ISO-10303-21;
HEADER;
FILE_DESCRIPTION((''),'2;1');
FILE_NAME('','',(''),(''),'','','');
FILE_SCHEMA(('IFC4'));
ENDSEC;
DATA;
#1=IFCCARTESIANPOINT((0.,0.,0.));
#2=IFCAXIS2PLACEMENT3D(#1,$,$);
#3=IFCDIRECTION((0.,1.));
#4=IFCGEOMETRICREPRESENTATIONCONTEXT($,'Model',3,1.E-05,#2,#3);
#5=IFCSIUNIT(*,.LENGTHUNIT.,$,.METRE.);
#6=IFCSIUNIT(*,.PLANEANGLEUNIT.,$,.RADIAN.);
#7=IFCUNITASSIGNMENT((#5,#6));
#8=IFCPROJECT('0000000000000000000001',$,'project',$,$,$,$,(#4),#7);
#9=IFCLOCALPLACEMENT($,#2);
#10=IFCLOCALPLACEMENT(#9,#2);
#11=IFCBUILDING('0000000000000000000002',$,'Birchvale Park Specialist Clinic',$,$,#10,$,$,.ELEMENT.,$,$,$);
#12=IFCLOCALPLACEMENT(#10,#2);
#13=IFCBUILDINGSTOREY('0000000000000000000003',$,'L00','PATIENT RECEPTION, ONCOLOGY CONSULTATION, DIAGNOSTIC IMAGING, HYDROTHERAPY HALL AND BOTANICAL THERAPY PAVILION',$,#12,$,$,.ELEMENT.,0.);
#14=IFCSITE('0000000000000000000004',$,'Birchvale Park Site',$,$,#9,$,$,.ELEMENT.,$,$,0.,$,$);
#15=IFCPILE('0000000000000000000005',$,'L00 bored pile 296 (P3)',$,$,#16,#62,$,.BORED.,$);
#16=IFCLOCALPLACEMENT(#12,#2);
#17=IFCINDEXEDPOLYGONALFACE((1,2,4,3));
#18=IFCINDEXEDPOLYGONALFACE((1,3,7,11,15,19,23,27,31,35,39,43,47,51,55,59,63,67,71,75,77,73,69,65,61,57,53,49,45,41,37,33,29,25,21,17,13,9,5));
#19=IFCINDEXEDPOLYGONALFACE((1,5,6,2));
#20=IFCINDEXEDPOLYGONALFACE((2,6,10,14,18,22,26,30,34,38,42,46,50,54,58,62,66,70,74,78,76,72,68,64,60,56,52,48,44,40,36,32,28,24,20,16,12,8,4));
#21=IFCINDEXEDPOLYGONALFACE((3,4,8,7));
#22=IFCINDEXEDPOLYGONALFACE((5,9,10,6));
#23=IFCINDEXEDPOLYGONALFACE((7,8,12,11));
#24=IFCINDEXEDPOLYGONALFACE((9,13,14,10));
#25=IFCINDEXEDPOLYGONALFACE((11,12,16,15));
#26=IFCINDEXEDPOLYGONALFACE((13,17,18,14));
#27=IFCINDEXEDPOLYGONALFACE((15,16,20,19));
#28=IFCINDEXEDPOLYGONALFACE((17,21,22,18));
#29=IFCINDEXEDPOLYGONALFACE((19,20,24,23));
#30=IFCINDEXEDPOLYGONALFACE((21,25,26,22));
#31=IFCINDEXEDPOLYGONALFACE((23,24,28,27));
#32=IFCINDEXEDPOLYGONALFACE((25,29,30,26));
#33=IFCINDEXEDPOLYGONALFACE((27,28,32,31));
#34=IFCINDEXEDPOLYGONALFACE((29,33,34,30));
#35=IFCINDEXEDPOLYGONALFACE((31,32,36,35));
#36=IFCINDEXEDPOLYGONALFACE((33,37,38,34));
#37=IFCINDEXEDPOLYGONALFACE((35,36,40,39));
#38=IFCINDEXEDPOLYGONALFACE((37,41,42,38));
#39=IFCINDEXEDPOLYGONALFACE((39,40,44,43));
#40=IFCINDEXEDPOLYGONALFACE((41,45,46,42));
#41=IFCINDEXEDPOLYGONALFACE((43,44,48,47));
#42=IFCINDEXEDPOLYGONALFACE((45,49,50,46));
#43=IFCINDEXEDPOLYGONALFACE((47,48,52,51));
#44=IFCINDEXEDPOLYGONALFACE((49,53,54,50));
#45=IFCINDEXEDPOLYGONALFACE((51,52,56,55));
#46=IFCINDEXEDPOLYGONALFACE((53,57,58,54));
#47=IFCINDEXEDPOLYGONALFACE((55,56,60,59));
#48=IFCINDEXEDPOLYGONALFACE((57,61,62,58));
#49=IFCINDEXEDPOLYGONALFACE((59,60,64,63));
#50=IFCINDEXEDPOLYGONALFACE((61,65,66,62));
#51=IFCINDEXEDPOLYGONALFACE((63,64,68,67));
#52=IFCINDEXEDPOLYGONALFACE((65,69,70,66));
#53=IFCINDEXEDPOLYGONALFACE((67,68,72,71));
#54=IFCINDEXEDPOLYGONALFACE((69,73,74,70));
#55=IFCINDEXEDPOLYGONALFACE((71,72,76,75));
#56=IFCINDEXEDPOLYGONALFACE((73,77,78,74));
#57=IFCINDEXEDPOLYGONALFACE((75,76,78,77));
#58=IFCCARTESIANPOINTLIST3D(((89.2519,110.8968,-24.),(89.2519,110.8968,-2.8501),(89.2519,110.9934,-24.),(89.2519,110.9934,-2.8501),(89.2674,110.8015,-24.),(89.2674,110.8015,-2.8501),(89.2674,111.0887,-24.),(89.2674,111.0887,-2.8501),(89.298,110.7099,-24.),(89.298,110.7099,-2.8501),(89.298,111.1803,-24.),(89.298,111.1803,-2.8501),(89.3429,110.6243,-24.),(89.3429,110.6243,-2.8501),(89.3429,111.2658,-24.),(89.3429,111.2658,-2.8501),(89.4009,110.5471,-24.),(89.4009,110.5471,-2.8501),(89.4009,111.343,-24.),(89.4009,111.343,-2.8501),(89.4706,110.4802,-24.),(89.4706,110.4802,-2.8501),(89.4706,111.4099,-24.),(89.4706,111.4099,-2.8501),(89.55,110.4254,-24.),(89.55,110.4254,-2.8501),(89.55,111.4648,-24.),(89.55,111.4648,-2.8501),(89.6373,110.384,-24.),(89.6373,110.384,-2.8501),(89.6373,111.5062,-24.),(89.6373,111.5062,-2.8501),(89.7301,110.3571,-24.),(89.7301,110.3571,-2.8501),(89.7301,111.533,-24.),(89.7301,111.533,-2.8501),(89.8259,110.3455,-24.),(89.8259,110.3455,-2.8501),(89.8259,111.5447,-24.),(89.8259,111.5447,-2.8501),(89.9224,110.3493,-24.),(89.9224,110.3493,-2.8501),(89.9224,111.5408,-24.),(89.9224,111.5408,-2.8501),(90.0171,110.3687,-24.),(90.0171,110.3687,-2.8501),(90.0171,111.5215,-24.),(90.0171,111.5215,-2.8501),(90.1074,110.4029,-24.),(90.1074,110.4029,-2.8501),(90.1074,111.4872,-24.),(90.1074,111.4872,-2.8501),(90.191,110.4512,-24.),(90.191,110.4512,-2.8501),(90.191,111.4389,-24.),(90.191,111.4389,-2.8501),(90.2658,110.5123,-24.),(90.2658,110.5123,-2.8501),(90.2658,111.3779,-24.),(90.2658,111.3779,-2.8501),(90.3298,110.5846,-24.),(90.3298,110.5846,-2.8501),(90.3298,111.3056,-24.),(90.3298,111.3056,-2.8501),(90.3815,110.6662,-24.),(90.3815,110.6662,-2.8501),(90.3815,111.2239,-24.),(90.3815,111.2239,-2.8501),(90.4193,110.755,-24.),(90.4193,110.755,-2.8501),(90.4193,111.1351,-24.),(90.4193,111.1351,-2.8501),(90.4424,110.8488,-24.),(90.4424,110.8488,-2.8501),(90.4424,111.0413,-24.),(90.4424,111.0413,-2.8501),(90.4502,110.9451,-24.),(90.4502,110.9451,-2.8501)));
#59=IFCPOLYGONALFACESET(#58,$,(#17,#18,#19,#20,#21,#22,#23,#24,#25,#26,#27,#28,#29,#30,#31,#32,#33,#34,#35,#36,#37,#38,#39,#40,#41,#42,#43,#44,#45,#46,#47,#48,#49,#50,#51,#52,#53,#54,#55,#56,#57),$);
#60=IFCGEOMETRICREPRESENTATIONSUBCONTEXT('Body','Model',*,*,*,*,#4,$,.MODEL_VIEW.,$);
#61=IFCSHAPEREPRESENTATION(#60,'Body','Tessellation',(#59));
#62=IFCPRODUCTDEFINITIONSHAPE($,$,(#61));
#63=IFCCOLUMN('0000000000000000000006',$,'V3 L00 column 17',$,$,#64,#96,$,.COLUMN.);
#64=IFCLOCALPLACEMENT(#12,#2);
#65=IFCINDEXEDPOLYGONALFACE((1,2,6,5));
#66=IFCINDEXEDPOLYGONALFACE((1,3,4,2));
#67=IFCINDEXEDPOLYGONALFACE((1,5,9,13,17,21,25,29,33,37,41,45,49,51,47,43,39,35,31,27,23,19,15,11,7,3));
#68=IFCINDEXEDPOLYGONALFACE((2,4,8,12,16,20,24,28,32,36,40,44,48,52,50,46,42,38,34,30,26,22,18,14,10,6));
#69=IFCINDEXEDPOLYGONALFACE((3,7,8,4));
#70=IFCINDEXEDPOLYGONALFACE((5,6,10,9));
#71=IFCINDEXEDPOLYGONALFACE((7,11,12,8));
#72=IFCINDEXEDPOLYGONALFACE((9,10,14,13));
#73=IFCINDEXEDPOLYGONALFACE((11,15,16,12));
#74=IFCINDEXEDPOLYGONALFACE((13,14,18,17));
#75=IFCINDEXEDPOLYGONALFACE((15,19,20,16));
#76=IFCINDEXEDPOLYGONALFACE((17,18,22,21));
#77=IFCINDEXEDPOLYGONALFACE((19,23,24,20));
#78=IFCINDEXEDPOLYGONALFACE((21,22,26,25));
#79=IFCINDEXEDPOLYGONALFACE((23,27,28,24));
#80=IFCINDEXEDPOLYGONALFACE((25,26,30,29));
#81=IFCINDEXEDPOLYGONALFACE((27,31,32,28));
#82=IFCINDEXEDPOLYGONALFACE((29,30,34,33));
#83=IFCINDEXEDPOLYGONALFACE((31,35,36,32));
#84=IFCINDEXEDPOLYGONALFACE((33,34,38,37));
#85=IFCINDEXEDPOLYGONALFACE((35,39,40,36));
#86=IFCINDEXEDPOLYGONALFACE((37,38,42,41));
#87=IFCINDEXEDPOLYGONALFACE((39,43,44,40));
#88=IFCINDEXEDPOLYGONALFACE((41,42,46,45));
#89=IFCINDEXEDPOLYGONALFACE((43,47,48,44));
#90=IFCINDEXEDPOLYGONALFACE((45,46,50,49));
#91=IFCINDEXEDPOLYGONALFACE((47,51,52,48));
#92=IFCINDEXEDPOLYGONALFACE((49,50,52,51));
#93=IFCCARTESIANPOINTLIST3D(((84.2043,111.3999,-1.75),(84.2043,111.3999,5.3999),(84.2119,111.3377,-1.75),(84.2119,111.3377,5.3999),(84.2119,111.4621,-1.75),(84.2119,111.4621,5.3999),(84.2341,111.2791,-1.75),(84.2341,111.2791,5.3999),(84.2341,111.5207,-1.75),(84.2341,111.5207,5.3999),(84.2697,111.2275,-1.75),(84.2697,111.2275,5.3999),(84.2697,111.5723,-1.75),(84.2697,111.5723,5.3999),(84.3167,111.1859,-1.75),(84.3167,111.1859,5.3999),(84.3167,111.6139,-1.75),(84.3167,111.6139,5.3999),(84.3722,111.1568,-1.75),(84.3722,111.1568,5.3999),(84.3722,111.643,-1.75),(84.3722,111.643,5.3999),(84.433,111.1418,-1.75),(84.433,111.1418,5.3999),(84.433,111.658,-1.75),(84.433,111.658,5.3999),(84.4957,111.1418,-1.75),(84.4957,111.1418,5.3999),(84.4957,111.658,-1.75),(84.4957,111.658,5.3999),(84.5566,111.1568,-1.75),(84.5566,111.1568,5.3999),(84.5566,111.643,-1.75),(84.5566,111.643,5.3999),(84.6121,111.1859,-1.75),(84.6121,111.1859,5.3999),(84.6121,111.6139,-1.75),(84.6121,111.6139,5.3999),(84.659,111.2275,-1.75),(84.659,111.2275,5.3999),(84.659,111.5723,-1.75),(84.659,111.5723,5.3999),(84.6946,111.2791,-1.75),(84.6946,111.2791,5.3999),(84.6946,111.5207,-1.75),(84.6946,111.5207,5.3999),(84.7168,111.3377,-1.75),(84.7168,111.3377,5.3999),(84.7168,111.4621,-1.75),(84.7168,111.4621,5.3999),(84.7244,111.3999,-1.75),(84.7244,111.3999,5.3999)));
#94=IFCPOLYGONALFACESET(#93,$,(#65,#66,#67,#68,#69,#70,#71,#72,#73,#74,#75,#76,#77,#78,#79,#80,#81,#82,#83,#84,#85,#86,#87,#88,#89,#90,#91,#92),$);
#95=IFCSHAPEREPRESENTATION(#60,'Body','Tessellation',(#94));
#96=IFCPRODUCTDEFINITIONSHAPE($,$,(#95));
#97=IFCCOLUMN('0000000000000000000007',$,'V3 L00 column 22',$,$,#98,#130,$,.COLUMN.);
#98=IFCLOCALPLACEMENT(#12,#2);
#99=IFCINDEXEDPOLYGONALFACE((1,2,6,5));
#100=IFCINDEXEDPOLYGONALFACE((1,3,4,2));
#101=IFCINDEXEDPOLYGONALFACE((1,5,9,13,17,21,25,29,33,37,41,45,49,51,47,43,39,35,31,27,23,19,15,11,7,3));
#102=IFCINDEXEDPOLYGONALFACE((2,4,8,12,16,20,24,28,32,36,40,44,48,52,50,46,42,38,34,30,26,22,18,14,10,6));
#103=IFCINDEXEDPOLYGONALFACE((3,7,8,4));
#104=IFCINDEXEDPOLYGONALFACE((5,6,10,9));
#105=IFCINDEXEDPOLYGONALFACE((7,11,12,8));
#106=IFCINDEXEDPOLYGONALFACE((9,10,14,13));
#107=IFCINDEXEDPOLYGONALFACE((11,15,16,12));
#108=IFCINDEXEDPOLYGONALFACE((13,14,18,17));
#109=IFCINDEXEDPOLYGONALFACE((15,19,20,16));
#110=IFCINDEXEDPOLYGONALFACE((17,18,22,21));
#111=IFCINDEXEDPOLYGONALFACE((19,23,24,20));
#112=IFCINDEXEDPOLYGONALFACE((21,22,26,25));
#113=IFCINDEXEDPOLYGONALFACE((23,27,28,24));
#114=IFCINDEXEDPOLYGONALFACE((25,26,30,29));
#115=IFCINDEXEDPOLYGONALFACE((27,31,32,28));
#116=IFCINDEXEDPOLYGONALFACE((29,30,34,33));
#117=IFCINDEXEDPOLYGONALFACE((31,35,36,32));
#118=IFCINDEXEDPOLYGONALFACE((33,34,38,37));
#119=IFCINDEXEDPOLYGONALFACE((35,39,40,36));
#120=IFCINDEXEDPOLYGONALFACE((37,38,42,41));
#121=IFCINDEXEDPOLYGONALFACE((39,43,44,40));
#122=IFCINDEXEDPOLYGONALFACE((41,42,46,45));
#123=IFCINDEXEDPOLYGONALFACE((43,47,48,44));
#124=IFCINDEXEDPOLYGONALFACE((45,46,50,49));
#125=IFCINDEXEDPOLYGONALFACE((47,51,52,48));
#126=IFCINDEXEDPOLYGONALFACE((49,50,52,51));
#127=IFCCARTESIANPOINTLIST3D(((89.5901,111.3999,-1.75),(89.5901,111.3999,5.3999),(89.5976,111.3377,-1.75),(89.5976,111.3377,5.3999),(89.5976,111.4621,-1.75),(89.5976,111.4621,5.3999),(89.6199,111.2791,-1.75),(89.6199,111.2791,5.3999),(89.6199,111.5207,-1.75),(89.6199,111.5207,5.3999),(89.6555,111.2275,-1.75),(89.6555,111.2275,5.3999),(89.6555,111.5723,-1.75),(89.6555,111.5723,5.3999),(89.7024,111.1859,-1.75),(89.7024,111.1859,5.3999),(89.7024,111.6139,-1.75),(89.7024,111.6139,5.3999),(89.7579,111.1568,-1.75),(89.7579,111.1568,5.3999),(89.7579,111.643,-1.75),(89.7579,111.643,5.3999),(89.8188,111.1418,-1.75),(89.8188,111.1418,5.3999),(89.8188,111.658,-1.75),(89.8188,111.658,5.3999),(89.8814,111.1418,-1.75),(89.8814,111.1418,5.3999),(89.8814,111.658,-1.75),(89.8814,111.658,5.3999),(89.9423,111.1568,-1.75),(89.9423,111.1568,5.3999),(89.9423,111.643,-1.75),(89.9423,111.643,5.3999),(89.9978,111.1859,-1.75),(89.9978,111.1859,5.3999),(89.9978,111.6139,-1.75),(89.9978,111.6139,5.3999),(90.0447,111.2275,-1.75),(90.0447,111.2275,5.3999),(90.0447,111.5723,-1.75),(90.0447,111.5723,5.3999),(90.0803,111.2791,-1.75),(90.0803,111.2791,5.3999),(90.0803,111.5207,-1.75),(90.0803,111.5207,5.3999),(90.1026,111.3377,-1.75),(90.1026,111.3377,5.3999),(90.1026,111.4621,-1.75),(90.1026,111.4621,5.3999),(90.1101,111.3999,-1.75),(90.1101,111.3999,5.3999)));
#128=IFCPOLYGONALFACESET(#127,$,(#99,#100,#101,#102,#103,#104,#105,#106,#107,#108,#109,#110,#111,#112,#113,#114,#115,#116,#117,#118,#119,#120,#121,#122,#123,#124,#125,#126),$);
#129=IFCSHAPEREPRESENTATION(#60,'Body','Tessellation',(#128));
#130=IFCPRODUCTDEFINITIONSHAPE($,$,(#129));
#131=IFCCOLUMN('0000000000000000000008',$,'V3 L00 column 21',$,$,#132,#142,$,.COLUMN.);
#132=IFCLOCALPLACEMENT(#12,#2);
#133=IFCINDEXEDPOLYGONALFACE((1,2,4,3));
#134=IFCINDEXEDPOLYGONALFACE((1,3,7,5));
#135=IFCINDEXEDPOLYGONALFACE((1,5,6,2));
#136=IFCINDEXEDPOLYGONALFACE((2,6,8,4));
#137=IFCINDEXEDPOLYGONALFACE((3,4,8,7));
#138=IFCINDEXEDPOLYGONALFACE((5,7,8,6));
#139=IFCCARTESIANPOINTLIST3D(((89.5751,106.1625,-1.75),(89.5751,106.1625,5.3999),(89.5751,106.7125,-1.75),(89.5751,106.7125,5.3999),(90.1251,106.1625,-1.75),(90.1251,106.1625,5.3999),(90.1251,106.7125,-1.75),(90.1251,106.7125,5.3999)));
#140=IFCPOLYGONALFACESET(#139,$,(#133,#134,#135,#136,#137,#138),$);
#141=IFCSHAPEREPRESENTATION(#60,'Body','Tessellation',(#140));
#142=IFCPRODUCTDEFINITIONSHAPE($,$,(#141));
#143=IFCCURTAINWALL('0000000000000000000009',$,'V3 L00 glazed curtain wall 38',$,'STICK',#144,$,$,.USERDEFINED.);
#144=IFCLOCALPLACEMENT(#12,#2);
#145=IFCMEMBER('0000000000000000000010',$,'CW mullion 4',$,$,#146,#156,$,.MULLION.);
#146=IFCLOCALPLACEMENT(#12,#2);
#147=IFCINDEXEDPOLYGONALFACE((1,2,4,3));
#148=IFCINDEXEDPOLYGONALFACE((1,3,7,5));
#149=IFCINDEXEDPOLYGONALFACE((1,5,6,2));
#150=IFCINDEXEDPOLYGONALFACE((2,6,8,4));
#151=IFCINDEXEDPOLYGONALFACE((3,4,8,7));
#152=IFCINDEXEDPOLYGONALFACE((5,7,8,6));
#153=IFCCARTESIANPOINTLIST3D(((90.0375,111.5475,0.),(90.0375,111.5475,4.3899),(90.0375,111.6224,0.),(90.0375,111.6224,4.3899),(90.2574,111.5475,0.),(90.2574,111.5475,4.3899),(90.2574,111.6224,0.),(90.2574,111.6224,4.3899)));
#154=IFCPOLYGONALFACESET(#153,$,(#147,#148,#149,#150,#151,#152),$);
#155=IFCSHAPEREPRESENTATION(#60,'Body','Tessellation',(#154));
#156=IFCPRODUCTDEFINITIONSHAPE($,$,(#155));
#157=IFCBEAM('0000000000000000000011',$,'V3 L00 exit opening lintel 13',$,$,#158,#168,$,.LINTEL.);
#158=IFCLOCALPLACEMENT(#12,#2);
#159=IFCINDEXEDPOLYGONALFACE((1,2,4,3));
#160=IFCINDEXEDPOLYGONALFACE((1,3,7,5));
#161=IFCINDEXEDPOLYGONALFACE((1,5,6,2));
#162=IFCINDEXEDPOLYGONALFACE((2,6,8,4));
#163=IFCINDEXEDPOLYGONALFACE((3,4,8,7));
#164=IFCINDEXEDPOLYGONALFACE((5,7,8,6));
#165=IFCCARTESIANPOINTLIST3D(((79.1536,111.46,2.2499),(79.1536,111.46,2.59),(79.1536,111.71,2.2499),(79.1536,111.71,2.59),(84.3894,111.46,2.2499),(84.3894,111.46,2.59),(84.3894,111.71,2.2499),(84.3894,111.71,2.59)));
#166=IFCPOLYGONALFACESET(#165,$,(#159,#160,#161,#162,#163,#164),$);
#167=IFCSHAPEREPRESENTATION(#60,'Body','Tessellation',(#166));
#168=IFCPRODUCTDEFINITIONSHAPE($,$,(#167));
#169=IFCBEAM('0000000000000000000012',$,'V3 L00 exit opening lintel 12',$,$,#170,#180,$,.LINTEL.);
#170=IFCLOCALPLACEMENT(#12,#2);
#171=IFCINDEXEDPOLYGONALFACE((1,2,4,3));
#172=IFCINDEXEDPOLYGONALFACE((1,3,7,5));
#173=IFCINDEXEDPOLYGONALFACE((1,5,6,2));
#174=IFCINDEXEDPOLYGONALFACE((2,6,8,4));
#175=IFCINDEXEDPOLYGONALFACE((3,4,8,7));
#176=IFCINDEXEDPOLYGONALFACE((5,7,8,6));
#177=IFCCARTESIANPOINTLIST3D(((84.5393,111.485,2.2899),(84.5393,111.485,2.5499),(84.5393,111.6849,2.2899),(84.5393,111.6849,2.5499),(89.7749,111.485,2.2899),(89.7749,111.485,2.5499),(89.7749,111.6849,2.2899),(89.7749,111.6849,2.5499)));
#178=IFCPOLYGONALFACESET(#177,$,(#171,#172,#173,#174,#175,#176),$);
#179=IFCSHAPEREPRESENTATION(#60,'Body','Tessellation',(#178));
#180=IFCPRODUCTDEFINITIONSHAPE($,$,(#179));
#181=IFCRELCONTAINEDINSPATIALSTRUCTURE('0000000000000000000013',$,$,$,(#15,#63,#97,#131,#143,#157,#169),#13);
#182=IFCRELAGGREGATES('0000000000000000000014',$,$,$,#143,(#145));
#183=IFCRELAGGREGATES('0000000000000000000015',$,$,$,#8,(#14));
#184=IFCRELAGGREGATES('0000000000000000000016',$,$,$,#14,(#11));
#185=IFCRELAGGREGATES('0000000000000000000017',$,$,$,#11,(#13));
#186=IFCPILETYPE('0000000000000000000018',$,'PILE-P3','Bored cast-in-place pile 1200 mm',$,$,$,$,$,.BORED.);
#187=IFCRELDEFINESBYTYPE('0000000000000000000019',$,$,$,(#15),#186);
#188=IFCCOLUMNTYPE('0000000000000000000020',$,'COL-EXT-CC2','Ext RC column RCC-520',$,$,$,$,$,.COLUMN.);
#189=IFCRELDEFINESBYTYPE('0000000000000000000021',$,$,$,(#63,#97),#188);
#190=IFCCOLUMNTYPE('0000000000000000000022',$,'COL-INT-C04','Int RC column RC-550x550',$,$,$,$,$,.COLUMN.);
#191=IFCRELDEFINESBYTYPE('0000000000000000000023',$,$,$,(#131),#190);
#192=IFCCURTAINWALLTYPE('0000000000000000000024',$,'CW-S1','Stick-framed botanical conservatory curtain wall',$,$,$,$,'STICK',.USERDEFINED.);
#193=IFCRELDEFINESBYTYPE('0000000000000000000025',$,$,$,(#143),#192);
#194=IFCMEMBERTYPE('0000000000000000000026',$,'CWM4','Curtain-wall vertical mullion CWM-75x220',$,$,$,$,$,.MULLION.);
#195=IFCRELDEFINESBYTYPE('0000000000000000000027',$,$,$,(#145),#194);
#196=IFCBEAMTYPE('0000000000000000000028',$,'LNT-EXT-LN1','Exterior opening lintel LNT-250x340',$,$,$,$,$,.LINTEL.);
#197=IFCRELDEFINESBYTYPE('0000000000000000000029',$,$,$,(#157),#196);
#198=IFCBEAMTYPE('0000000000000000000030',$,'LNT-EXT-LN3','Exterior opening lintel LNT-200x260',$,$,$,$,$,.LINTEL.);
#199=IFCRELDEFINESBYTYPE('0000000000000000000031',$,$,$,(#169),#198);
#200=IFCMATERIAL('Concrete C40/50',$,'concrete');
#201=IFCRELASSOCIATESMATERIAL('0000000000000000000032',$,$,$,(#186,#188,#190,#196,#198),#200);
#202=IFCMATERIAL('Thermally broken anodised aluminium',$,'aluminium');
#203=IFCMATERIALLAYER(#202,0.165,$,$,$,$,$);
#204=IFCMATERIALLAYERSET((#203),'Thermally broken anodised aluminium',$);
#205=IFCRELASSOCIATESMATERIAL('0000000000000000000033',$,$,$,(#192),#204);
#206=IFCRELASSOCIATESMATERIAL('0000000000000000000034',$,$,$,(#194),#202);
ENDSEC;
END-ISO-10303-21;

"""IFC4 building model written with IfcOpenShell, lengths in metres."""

from ifc_helpers import new_model, si_unit, direction, frame, origin, origin_2d, place, context, subcontext, project, spatial, rectangle, circle, extrude, material, layer, layer_set, material_profile, profile_set, type_object, element, aggregate, save


model = new_model("IFC4")

# Units and contexts
model_context = context("Model", 3, precision=1e-05, world=origin(), true_north=direction((0.0, 1.0)))
body_context = subcontext(model_context, "Body", "Model", "MODEL_VIEW")
ifc_project = project(units=[si_unit("LENGTHUNIT", "METRE"), si_unit("PLANEANGLEUNIT", "RADIAN")], contexts=[model_context])

# Site, building, storey
site_placement = place(None, origin())
site = spatial("IfcSite", under=ifc_project, at=site_placement, Name="Birchvale Park Site", CompositionType="ELEMENT", RefElevation=0.0)
building_placement = place(site_placement, origin())
building = spatial("IfcBuilding", under=site, at=building_placement, Name="Birchvale Park Specialist Clinic", CompositionType="ELEMENT")
storey_placement = place(building_placement, origin())
storey = spatial("IfcBuildingStorey", under=building, at=storey_placement, Name="L00", Description="PATIENT RECEPTION, ONCOLOGY CONSULTATION, DIAGNOSTIC IMAGING, HYDROTHERAPY HALL AND BOTANICAL THERAPY PAVILION", CompositionType="ELEMENT", Elevation=0.0)

# Shared definitions
ifc_material_1 = material(Name="Concrete C40/50", Category="concrete")

# Pile
ifc_material_profile_1 = material_profile(ifc_material_1, circle(Radius=0.6001, at=origin_2d()), Name="PILE-1200")
ifc_profile_set_1 = profile_set([ifc_material_profile_1], Name="Concrete C40/50")
pile_type_1 = type_object("IfcPileType", Name="PILE-P3", Description="Bored cast-in-place pile 1200 mm", PredefinedType="BORED", material=ifc_profile_set_1)
for number, where, z_axis, x_axis, name in (
    (1, (89.8501, 110.9451, -2.8501), (0.0, 0.0, -1.0), (1.0, 0.0, 0.0), "L00 bored pile 296 (P3)"),
):
    element("IfcPile", number, at=place(storey_placement, frame(where, z_axis=z_axis, x_axis=x_axis)), inside=storey, type_object=pile_type_1, Name=name, PredefinedType="BORED", context=body_context, shape_type="SweptSolid", body=[
        extrude(circle(Radius=0.6001, at=origin_2d()), origin(), (0.0, 0.0, 1.0), 21.1499),
    ])

# Columns
ifc_material_profile_2 = material_profile(ifc_material_1, circle(Radius=0.26, at=origin_2d()), Name="RCC-520")
ifc_profile_set_2 = profile_set([ifc_material_profile_2], Name="Concrete C40/50")
column_type_1 = type_object("IfcColumnType", Name="COL-EXT-CC2", Description="Ext RC column RCC-520", PredefinedType="COLUMN", material=ifc_profile_set_2)
for number, where, z_axis, x_axis, name in (
    (2, (84.4644, 111.3999, -1.75), (0.0, 0.0, 1.0), (1.0, 0.0, 0.0), "V3 L00 column 17"),
    (3, (89.8501, 111.3999, -1.75), (0.0, 0.0, 1.0), (1.0, 0.0, 0.0), "V3 L00 column 22"),
):
    element("IfcColumn", number, at=place(storey_placement, frame(where, z_axis=z_axis, x_axis=x_axis)), inside=storey, type_object=column_type_1, Name=name, PredefinedType="COLUMN", context=body_context, shape_type="SweptSolid", body=[
        extrude(circle(Radius=0.26, at=origin_2d()), origin(), (0.0, 0.0, 1.0), 7.1499),
    ])
ifc_material_profile_3 = material_profile(ifc_material_1, rectangle(XDim=0.55, YDim=0.55, at=origin_2d()), Name="RC-550x550")
ifc_profile_set_3 = profile_set([ifc_material_profile_3], Name="Concrete C40/50")
column_type_2 = type_object("IfcColumnType", Name="COL-INT-C04", Description="Int RC column RC-550x550", PredefinedType="COLUMN", material=ifc_profile_set_3)
column_placement = place(storey_placement, frame((89.8501, 106.4375, -1.75), z_axis=(0.0, 0.0, 1.0), x_axis=(1.0, 0.0, 0.0)))
element("IfcColumn", 4, at=column_placement, inside=storey, type_object=column_type_2, Name="V3 L00 column 21", PredefinedType="COLUMN", context=body_context, shape_type="SweptSolid", body=[
    extrude(rectangle(XDim=0.55, YDim=0.55, at=origin_2d()), origin(), (0.0, 0.0, 1.0), 7.1499),
])

# Curtain wall, member
ifc_material_2 = material(Name="Thermally broken anodised aluminium", Category="aluminium")
ifc_layer_1 = layer(ifc_material_2, 0.165)
ifc_layer_set_1 = layer_set([ifc_layer_1], Name="Thermally broken anodised aluminium")
curtain_wall_type = type_object("IfcCurtainWallType", Name="CW-S1", Description="Stick-framed botanical conservatory curtain wall", ElementType="STICK", PredefinedType="USERDEFINED", material=ifc_layer_set_1)
curtain_wall_placement = place(storey_placement, origin())
curtain_wall = element("IfcCurtainWall", 5, at=curtain_wall_placement, inside=storey, type_object=curtain_wall_type, Name="V3 L00 glazed curtain wall 38", ObjectType="STICK", PredefinedType="USERDEFINED")
ifc_material_profile_4 = material_profile(ifc_material_2, rectangle(XDim=0.075, YDim=0.22, at=origin_2d()), Name="CWM-75x220")
ifc_profile_set_4 = profile_set([ifc_material_profile_4], Name="Thermally broken anodised aluminium")
member_type = type_object("IfcMemberType", Name="CWM4", Description="Curtain-wall vertical mullion CWM-75x220", PredefinedType="MULLION", material=ifc_profile_set_4)
member_placement = place(storey_placement, frame((90.1475, 111.585, 0.0), z_axis=(0.0, 0.0, 1.0), x_axis=(0.0, -1.0, 0.0)))
member = element("IfcMember", 6, at=member_placement, type_object=member_type, Name="CW mullion 4", PredefinedType="MULLION", context=body_context, shape_type="SweptSolid", body=[
    extrude(rectangle(XDim=0.075, YDim=0.22, at=origin_2d()), origin(), (0.0, 0.0, 1.0), 4.3899),
])

# Beams
ifc_material_profile_5 = material_profile(ifc_material_1, rectangle(XDim=0.25, YDim=0.3401, at=origin_2d()), Name="LNT-250x340")
ifc_profile_set_5 = profile_set([ifc_material_profile_5], Name="Concrete C40/50")
beam_type_1 = type_object("IfcBeamType", Name="LNT-EXT-LN1", Description="Exterior opening lintel LNT-250x340", PredefinedType="LINTEL", material=ifc_profile_set_5)
beam_1_placement = place(storey_placement, frame((84.3894, 111.585, 2.4199), z_axis=(-1.0, 0.0, 0.0), x_axis=(0.0, -1.0, 0.0)))
element("IfcBeam", 7, at=beam_1_placement, inside=storey, type_object=beam_type_1, Name="V3 L00 exit opening lintel 13", PredefinedType="LINTEL", context=body_context, shape_type="SweptSolid", body=[
    extrude(rectangle(XDim=0.25, YDim=0.3401, at=origin_2d()), origin(), (0.0, 0.0, 1.0), 5.2358),
])
ifc_material_profile_6 = material_profile(ifc_material_1, rectangle(XDim=0.2, YDim=0.26, at=origin_2d()), Name="LNT-200x260")
ifc_profile_set_6 = profile_set([ifc_material_profile_6], Name="Concrete C40/50")
beam_type_2 = type_object("IfcBeamType", Name="LNT-EXT-LN3", Description="Exterior opening lintel LNT-200x260", PredefinedType="LINTEL", material=ifc_profile_set_6)
beam_2_placement = place(storey_placement, frame((89.7749, 111.585, 2.4199), z_axis=(-1.0, 0.0, 0.0), x_axis=(0.0, -1.0, 0.0)))
element("IfcBeam", 8, at=beam_2_placement, inside=storey, type_object=beam_type_2, Name="V3 L00 exit opening lintel 12", PredefinedType="LINTEL", context=body_context, shape_type="SweptSolid", body=[
    extrude(rectangle(XDim=0.2, YDim=0.26, at=origin_2d()), origin(), (0.0, 0.0, 1.0), 5.2356),
])

aggregate(curtain_wall, [member])

save(model, "model.ifc")
